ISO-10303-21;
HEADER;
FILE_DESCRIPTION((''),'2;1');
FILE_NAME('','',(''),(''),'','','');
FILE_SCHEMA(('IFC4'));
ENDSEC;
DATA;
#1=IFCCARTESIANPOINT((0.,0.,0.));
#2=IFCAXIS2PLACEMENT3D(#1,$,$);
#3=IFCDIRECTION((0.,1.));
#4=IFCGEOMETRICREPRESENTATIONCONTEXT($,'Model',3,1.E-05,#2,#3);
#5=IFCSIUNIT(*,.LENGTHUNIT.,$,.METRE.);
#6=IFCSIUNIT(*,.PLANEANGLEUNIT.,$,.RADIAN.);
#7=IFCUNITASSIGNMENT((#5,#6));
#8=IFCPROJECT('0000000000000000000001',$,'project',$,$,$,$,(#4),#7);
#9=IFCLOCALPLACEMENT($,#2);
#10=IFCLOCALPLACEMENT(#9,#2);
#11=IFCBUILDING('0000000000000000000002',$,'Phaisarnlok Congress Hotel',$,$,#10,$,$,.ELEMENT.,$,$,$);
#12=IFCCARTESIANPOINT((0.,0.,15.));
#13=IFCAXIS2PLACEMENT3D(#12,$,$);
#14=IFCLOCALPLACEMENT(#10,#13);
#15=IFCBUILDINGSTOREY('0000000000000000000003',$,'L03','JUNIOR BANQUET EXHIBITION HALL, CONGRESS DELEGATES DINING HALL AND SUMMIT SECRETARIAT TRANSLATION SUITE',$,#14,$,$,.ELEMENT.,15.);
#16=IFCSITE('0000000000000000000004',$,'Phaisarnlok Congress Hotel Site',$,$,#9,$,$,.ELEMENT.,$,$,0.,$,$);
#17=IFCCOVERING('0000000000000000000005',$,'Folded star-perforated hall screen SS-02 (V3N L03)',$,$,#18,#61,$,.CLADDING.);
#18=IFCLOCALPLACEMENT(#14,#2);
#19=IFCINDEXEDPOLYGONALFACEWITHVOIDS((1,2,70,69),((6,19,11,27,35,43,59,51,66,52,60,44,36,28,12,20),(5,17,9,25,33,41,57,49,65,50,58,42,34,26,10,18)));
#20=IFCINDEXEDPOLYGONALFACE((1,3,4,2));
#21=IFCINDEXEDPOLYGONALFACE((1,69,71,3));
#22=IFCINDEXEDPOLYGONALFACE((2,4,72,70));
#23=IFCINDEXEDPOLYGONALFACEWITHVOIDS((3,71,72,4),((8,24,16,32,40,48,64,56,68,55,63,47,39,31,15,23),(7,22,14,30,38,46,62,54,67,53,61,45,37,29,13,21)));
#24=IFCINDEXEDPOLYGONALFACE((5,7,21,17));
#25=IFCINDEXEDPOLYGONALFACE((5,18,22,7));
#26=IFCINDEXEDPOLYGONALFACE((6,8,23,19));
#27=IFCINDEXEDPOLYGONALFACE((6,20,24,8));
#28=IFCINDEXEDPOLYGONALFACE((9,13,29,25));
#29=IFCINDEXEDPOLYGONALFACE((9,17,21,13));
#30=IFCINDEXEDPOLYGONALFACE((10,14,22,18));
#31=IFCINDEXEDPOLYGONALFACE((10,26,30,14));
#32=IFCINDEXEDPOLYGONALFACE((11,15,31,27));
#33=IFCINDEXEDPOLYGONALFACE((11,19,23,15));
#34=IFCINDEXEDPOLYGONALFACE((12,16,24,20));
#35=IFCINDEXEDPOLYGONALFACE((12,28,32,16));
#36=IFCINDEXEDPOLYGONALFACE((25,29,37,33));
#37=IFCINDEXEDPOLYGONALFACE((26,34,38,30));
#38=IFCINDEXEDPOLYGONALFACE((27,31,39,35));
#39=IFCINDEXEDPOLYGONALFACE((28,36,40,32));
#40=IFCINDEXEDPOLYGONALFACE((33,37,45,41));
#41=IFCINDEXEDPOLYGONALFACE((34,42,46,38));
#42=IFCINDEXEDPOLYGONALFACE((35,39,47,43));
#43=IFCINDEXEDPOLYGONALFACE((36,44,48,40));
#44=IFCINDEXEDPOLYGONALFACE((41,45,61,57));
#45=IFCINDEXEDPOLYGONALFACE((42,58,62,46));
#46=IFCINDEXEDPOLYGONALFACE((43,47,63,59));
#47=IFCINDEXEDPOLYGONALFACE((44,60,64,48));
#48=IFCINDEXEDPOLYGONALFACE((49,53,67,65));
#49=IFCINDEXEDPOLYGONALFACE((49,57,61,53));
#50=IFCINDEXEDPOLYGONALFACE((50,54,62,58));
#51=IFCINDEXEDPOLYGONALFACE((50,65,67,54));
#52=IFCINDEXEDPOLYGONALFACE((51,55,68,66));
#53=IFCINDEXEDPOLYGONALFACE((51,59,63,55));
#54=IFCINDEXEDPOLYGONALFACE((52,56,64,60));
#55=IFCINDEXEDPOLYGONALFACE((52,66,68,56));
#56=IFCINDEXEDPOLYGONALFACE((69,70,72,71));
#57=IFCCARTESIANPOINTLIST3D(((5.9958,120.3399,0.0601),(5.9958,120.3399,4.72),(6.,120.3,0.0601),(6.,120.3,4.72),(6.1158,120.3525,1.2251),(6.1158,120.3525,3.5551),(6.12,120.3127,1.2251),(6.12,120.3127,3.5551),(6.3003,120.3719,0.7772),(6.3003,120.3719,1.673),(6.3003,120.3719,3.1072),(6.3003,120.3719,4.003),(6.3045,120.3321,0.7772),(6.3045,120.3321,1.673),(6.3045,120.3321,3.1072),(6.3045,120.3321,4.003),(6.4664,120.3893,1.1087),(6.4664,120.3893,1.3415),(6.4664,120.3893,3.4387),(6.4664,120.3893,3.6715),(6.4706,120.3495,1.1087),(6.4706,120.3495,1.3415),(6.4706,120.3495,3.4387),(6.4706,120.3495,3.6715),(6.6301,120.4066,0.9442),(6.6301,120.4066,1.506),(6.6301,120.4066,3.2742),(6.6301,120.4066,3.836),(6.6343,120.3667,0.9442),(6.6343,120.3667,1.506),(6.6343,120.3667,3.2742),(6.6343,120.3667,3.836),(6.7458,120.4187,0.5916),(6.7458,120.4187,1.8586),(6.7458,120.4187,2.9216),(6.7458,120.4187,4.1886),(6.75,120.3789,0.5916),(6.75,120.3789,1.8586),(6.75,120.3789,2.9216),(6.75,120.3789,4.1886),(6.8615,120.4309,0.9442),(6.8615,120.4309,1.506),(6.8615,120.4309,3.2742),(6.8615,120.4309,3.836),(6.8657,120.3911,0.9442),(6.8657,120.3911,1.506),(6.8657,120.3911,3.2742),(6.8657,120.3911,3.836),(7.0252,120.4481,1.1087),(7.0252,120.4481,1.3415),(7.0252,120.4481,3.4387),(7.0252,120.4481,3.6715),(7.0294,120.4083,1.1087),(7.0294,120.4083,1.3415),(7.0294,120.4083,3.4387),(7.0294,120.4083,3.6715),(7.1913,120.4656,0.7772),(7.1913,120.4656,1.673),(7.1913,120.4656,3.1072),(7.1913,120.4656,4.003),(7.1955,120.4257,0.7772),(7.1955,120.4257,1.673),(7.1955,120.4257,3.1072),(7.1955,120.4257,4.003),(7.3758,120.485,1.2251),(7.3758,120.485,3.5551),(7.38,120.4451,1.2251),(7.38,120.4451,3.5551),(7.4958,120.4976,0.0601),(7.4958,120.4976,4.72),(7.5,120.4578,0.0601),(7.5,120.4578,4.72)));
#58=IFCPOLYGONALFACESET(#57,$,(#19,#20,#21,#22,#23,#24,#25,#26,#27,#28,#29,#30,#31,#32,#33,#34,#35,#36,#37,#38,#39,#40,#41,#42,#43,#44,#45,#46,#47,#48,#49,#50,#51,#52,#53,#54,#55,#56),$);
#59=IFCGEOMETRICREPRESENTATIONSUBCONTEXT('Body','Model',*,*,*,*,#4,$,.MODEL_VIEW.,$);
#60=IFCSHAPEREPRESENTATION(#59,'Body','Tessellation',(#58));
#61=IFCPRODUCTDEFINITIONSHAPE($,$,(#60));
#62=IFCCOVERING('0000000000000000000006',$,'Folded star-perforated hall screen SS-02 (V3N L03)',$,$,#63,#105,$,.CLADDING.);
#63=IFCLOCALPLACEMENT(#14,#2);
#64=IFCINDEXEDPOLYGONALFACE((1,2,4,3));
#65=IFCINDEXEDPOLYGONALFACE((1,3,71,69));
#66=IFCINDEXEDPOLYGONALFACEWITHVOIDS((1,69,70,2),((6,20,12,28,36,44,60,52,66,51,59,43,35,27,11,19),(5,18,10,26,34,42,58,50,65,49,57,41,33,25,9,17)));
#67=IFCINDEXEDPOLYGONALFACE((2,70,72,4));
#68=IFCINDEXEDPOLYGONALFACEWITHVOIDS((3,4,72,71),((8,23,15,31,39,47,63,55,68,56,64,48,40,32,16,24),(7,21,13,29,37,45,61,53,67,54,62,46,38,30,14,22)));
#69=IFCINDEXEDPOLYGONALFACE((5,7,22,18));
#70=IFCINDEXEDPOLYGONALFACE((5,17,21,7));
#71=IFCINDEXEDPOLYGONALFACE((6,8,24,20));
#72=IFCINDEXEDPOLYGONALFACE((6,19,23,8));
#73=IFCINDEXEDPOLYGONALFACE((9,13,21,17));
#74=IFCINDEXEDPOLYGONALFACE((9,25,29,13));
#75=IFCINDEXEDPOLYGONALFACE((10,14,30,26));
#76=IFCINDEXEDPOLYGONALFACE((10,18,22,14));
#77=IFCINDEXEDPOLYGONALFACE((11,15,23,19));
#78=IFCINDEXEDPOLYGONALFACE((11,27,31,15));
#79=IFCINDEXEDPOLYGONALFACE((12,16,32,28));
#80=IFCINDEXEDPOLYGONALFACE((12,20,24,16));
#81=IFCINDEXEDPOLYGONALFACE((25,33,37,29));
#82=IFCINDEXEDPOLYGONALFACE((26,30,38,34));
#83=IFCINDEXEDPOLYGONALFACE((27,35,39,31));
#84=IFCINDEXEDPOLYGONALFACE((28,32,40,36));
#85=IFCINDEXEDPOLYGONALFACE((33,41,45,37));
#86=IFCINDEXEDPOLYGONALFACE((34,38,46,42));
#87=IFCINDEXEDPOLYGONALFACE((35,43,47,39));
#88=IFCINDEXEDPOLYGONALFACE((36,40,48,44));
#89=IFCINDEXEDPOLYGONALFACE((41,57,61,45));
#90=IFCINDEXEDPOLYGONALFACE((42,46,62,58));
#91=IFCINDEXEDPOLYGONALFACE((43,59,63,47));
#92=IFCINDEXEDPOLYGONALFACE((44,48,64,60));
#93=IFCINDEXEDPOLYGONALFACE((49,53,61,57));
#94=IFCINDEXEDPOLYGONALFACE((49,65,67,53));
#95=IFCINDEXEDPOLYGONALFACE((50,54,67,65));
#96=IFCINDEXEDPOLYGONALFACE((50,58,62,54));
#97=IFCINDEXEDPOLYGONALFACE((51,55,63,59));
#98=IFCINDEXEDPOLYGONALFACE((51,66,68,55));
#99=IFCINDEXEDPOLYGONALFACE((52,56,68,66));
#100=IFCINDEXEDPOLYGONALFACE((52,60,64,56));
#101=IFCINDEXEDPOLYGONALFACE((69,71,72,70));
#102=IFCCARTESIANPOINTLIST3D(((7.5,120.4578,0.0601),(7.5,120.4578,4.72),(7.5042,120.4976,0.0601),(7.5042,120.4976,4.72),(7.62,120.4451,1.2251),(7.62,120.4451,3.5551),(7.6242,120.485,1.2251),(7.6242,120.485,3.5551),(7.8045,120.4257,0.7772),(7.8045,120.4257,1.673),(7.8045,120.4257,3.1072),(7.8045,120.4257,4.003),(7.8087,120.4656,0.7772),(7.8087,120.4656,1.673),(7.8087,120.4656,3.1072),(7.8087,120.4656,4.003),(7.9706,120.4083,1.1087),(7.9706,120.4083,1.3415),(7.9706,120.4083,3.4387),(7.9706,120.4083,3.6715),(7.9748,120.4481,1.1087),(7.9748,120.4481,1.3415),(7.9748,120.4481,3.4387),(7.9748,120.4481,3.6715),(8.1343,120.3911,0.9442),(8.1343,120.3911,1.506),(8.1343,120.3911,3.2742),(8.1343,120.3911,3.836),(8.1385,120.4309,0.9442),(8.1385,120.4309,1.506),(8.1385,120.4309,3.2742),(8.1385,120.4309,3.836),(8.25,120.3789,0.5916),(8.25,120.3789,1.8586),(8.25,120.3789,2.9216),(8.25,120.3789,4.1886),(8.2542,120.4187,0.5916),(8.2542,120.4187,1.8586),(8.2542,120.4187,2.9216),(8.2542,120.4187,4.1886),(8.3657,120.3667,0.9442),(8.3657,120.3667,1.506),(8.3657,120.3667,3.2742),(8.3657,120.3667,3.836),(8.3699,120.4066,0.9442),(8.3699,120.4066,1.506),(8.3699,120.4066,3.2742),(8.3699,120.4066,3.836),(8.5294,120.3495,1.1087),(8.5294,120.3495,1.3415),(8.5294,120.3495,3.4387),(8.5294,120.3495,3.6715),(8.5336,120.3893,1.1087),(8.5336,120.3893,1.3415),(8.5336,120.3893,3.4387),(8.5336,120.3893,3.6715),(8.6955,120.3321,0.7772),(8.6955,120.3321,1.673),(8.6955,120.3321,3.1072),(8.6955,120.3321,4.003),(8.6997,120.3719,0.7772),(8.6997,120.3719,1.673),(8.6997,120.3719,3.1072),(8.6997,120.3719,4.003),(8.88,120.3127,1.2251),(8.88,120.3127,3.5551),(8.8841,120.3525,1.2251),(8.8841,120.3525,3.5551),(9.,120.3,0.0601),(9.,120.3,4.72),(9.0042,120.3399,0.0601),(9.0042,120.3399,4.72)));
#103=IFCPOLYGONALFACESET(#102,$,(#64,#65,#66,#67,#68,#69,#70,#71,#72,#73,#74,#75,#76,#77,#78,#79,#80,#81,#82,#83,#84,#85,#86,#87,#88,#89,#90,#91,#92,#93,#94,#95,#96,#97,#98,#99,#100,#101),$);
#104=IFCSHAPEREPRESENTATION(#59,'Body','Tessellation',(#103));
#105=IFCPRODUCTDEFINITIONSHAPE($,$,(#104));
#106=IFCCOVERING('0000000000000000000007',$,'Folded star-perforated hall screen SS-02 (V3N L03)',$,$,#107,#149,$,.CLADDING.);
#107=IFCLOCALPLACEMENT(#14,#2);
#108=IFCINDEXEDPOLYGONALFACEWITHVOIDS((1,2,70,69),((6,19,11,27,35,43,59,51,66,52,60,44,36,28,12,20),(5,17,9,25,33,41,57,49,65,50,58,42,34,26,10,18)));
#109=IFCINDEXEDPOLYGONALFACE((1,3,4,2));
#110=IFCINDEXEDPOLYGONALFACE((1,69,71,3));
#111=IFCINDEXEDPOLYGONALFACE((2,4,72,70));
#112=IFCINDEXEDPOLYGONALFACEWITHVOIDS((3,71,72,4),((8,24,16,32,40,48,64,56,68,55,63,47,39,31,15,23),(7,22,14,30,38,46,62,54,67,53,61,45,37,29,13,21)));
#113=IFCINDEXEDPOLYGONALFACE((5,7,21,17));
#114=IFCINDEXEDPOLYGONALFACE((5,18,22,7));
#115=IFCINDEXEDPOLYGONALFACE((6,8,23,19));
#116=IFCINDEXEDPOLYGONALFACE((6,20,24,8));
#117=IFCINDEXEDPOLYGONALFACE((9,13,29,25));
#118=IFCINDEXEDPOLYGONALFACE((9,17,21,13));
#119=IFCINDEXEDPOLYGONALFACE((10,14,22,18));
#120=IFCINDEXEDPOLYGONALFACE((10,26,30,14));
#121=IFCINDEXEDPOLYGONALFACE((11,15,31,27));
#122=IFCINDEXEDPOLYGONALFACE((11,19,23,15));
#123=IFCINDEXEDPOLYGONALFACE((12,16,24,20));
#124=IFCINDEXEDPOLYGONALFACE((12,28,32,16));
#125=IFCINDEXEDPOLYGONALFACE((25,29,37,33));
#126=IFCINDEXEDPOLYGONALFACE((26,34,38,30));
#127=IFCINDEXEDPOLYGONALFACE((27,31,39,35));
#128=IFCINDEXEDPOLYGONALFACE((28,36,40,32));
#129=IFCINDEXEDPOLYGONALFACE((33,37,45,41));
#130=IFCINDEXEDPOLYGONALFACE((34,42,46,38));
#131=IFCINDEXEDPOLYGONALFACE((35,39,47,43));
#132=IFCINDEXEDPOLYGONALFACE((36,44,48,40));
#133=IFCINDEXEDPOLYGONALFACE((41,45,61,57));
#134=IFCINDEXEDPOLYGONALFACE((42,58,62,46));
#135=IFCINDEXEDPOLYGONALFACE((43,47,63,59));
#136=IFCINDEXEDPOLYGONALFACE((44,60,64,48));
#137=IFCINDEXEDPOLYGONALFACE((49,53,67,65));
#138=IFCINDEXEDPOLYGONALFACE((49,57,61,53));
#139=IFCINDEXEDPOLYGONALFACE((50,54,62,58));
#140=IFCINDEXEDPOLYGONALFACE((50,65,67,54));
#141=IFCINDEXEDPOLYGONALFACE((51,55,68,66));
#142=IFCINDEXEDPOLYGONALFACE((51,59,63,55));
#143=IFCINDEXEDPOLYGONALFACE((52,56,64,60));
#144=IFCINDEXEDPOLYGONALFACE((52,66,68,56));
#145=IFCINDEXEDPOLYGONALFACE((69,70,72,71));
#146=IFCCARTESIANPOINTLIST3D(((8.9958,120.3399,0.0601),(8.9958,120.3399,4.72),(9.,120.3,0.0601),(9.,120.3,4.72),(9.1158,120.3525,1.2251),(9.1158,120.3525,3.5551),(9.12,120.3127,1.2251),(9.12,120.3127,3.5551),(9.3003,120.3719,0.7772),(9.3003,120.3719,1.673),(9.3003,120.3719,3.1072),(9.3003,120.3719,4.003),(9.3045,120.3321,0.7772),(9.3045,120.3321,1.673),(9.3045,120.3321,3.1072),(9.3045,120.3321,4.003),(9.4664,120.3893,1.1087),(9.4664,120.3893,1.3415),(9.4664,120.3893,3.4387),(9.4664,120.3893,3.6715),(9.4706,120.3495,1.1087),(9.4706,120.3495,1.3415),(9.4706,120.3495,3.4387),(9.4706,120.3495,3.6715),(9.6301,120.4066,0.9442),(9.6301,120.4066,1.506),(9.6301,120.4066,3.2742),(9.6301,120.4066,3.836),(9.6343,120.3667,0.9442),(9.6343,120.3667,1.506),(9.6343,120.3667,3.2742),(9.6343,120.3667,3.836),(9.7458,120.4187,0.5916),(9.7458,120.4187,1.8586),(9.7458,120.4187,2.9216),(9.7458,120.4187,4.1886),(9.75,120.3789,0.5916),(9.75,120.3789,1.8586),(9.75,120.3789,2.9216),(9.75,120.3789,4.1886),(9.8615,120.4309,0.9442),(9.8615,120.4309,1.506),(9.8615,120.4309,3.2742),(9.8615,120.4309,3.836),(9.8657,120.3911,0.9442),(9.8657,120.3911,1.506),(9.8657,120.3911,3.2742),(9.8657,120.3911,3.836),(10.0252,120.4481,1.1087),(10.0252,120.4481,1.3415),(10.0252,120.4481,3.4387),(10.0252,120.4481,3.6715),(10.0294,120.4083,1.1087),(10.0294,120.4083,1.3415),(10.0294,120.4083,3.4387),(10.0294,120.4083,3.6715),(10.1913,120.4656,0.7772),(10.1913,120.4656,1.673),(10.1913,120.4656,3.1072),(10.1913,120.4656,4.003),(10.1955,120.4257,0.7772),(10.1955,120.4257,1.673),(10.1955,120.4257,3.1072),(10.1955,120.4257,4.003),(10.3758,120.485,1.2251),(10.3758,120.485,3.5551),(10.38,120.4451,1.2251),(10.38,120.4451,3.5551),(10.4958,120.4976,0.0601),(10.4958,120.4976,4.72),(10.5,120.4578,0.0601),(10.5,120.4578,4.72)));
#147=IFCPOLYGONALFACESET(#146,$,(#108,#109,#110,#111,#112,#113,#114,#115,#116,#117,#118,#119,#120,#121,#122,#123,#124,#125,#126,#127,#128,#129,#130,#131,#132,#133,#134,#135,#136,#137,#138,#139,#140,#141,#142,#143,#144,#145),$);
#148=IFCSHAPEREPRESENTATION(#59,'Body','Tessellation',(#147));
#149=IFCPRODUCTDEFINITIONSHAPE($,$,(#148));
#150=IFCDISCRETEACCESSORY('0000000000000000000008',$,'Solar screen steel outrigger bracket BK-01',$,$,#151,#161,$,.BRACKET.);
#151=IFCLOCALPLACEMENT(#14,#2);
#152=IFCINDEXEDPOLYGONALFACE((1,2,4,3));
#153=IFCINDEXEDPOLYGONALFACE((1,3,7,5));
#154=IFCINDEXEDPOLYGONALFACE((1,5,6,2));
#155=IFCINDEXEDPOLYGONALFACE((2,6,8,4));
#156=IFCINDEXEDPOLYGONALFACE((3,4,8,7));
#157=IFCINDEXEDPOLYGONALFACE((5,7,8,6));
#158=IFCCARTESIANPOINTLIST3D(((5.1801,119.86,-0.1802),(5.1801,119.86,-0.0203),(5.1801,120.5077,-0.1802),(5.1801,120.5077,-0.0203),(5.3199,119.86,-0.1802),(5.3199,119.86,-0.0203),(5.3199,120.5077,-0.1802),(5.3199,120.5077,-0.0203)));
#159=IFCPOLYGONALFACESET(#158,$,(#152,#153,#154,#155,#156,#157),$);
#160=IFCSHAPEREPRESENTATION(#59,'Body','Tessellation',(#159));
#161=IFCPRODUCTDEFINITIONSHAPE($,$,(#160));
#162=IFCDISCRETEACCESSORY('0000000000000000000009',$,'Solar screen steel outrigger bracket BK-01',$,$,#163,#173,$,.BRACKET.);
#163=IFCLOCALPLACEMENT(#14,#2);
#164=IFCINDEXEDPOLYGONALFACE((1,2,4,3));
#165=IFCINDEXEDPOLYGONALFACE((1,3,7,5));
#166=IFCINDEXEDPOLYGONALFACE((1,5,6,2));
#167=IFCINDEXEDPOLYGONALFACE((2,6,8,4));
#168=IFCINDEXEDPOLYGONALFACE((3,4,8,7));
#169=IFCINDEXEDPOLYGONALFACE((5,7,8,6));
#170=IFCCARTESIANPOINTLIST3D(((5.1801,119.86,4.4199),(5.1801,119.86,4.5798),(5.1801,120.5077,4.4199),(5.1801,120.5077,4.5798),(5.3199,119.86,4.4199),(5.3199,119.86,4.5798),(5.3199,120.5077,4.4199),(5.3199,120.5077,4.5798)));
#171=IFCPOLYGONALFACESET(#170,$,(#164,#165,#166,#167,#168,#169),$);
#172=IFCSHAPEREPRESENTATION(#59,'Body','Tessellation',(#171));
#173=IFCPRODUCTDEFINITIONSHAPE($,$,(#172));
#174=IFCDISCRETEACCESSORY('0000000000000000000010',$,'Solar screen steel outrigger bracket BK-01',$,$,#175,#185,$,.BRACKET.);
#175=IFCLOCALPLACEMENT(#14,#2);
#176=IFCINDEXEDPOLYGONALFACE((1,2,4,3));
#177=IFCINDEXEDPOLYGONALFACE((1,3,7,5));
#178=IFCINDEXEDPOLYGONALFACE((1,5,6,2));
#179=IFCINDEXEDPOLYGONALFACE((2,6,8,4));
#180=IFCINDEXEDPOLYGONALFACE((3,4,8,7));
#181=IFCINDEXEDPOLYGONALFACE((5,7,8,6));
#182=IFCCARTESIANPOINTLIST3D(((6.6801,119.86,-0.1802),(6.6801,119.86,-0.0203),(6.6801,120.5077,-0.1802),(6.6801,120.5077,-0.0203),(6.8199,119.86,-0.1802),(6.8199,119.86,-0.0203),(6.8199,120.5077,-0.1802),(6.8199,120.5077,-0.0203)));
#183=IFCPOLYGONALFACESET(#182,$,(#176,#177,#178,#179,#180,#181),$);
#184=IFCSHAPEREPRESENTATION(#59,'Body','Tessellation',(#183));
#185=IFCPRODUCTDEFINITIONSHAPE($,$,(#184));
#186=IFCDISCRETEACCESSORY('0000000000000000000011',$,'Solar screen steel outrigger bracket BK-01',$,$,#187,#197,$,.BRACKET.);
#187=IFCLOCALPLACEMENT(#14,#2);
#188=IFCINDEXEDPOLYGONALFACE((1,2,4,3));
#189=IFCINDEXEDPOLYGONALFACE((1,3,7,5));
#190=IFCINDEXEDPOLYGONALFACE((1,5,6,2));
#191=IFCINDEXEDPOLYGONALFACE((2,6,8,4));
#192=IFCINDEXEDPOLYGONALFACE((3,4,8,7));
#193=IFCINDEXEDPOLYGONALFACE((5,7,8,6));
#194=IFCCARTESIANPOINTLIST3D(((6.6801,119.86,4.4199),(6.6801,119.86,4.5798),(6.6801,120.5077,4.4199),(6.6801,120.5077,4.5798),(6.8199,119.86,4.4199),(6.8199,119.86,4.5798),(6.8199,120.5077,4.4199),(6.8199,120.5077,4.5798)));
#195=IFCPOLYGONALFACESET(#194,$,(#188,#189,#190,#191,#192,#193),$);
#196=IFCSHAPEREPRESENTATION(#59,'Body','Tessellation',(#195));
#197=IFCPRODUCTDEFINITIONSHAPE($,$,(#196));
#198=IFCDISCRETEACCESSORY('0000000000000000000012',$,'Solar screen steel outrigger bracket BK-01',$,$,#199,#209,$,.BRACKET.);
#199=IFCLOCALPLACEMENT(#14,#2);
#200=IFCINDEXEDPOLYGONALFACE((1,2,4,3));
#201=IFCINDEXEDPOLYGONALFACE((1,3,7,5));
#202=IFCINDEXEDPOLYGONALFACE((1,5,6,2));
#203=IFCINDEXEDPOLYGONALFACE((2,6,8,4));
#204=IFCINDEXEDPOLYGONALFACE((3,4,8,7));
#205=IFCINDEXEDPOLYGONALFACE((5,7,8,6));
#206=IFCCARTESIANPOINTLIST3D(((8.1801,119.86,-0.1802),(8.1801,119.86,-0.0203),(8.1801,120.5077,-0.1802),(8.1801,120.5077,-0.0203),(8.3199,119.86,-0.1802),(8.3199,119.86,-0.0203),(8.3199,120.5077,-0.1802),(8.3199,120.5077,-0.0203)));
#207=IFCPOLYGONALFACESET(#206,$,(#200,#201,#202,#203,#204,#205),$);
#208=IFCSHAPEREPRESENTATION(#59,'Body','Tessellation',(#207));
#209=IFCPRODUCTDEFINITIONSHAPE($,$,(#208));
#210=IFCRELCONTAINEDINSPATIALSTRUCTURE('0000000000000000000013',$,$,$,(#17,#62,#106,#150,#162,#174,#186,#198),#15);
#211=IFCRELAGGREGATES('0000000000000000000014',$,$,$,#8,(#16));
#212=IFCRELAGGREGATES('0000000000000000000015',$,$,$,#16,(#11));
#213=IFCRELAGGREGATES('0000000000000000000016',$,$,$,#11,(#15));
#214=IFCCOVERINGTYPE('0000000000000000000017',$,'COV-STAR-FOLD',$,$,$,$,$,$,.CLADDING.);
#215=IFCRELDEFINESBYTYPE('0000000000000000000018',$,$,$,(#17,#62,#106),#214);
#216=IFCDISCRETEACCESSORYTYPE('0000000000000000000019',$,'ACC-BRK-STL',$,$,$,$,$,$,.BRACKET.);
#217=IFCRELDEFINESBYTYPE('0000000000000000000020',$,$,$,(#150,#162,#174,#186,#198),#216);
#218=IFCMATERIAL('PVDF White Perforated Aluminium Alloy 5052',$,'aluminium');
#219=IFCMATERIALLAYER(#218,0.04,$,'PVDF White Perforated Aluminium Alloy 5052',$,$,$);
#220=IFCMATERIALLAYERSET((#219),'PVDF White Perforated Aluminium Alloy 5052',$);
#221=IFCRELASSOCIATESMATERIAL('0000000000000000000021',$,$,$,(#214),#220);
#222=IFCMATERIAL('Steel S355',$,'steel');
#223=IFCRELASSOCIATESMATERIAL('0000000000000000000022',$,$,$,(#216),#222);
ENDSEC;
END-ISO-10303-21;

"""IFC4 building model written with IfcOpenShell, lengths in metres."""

from ifc_helpers import new_model, si_unit, direction, frame, origin, origin_2d, place, context, subcontext, project, spatial, polyline, rectangle, outline, extrude, material, layer, layer_set, type_object, element, save


model = new_model("IFC4")

# Units and contexts
model_context = context("Model", 3, precision=1e-05, world=origin(), true_north=direction((0.0, 1.0)))
body_context = subcontext(model_context, "Body", "Model", "MODEL_VIEW")
ifc_project = project(units=[si_unit("LENGTHUNIT", "METRE"), si_unit("PLANEANGLEUNIT", "RADIAN")], contexts=[model_context])

# Site, building, storey
site_placement = place(None, origin())
site = spatial("IfcSite", under=ifc_project, at=site_placement, Name="Phaisarnlok Congress Hotel Site", CompositionType="ELEMENT", RefElevation=0.0)
building_placement = place(site_placement, origin())
building = spatial("IfcBuilding", under=site, at=building_placement, Name="Phaisarnlok Congress Hotel", CompositionType="ELEMENT")
storey_placement = place(building_placement, frame((0.0, 0.0, 15.0)))
storey = spatial("IfcBuildingStorey", under=building, at=storey_placement, Name="L03", Description="JUNIOR BANQUET EXHIBITION HALL, CONGRESS DELEGATES DINING HALL AND SUMMIT SECRETARIAT TRANSLATION SUITE", CompositionType="ELEMENT", Elevation=15.0)

# Shared definitions
ifc_material_1 = material(Name="Steel S355", Category="steel")

# Coverings
ifc_material_2 = material(Name="PVDF White Perforated Aluminium Alloy 5052", Category="aluminium")
ifc_layer_1 = layer(ifc_material_2, 0.04, Name="PVDF White Perforated Aluminium Alloy 5052")
ifc_layer_set_1 = layer_set([ifc_layer_1], Name="PVDF White Perforated Aluminium Alloy 5052")
covering_type = type_object("IfcCoveringType", Name="COV-STAR-FOLD", PredefinedType="CLADDING", material=ifc_layer_set_1)
for number, where, z_axis, x_axis, name in (
    (1, (7.5, 120.4578, 0.0601), (-0.104567, 0.994518, 0.0), (-0.994518, -0.104567, 0.0), "Folded star-perforated hall screen SS-02 (V3N L03)"),
    (2, (9.0, 120.3, 0.0601), (0.104567, 0.994518, 0.0), (-0.994518, 0.104567, 0.0), "Folded star-perforated hall screen SS-02 (V3N L03)"),
    (3, (10.5, 120.4578, 0.0601), (-0.104567, 0.994518, 0.0), (-0.994518, -0.104567, 0.0), "Folded star-perforated hall screen SS-02 (V3N L03)"),
):
    element("IfcCovering", number, at=place(storey_placement, frame(where, z_axis=z_axis, x_axis=x_axis)), inside=storey, type_object=covering_type, Name=name, PredefinedType="CLADDING", context=body_context, shape_type="SweptSolid", body=[
        extrude(outline(polyline([(0.0, 0.0), (1.5083, 0.0), (1.5083, 4.6599), (0.0, 4.6599), (0.0, 0.0)]), holes=[polyline([(1.0351, 1.0486), (1.2021, 0.7171), (0.8705, 0.8841), (0.7541, 0.5315), (0.6378, 0.8841), (0.3062, 0.7171), (0.4732, 1.0486), (0.1207, 1.165), (0.4732, 1.2814), (0.3062, 1.6129), (0.6378, 1.4459), (0.7541, 1.7985), (0.8705, 1.4459), (1.2021, 1.6129), (1.0351, 1.2814), (1.3876, 1.165), (1.0351, 1.0486)]), polyline([(1.0351, 3.3786), (1.2021, 3.0471), (0.8705, 3.2141), (0.7541, 2.8615), (0.6378, 3.2141), (0.3062, 3.0471), (0.4732, 3.3786), (0.1207, 3.495), (0.4732, 3.6114), (0.3062, 3.9429), (0.6378, 3.7759), (0.7541, 4.1285), (0.8705, 3.7759), (1.2021, 3.9429), (1.0351, 3.6114), (1.3876, 3.495), (1.0351, 3.3786)])]), origin(), (0.0, 0.0, 1.0), 0.04),
    ])

# Discrete accessories
discrete_accessory_type = type_object("IfcDiscreteAccessoryType", Name="ACC-BRK-STL", PredefinedType="BRACKET", material=ifc_material_1)
for number, where, z_axis, x_axis, name in (
    (4, (5.25, 120.1838, -0.1802), (0.0, 0.0, 1.0), (1.0, 0.0, 0.0), "Solar screen steel outrigger bracket BK-01"),
    (5, (5.25, 120.1838, 4.4199), (0.0, 0.0, 1.0), (1.0, 0.0, 0.0), "Solar screen steel outrigger bracket BK-01"),
    (6, (6.75, 120.1838, -0.1802), (0.0, 0.0, 1.0), (1.0, 0.0, 0.0), "Solar screen steel outrigger bracket BK-01"),
    (7, (6.75, 120.1838, 4.4199), (0.0, 0.0, 1.0), (1.0, 0.0, 0.0), "Solar screen steel outrigger bracket BK-01"),
    (8, (8.25, 120.1838, -0.1802), (0.0, 0.0, 1.0), (1.0, 0.0, 0.0), "Solar screen steel outrigger bracket BK-01"),
):
    element("IfcDiscreteAccessory", number, at=place(storey_placement, frame(where, z_axis=z_axis, x_axis=x_axis)), inside=storey, type_object=discrete_accessory_type, Name=name, PredefinedType="BRACKET", context=body_context, shape_type="SweptSolid", body=[
        extrude(rectangle(XDim=0.1399, YDim=0.6477, at=origin_2d()), origin(), (0.0, 0.0, 1.0), 0.1599),
    ])

save(model, "model.ifc")
